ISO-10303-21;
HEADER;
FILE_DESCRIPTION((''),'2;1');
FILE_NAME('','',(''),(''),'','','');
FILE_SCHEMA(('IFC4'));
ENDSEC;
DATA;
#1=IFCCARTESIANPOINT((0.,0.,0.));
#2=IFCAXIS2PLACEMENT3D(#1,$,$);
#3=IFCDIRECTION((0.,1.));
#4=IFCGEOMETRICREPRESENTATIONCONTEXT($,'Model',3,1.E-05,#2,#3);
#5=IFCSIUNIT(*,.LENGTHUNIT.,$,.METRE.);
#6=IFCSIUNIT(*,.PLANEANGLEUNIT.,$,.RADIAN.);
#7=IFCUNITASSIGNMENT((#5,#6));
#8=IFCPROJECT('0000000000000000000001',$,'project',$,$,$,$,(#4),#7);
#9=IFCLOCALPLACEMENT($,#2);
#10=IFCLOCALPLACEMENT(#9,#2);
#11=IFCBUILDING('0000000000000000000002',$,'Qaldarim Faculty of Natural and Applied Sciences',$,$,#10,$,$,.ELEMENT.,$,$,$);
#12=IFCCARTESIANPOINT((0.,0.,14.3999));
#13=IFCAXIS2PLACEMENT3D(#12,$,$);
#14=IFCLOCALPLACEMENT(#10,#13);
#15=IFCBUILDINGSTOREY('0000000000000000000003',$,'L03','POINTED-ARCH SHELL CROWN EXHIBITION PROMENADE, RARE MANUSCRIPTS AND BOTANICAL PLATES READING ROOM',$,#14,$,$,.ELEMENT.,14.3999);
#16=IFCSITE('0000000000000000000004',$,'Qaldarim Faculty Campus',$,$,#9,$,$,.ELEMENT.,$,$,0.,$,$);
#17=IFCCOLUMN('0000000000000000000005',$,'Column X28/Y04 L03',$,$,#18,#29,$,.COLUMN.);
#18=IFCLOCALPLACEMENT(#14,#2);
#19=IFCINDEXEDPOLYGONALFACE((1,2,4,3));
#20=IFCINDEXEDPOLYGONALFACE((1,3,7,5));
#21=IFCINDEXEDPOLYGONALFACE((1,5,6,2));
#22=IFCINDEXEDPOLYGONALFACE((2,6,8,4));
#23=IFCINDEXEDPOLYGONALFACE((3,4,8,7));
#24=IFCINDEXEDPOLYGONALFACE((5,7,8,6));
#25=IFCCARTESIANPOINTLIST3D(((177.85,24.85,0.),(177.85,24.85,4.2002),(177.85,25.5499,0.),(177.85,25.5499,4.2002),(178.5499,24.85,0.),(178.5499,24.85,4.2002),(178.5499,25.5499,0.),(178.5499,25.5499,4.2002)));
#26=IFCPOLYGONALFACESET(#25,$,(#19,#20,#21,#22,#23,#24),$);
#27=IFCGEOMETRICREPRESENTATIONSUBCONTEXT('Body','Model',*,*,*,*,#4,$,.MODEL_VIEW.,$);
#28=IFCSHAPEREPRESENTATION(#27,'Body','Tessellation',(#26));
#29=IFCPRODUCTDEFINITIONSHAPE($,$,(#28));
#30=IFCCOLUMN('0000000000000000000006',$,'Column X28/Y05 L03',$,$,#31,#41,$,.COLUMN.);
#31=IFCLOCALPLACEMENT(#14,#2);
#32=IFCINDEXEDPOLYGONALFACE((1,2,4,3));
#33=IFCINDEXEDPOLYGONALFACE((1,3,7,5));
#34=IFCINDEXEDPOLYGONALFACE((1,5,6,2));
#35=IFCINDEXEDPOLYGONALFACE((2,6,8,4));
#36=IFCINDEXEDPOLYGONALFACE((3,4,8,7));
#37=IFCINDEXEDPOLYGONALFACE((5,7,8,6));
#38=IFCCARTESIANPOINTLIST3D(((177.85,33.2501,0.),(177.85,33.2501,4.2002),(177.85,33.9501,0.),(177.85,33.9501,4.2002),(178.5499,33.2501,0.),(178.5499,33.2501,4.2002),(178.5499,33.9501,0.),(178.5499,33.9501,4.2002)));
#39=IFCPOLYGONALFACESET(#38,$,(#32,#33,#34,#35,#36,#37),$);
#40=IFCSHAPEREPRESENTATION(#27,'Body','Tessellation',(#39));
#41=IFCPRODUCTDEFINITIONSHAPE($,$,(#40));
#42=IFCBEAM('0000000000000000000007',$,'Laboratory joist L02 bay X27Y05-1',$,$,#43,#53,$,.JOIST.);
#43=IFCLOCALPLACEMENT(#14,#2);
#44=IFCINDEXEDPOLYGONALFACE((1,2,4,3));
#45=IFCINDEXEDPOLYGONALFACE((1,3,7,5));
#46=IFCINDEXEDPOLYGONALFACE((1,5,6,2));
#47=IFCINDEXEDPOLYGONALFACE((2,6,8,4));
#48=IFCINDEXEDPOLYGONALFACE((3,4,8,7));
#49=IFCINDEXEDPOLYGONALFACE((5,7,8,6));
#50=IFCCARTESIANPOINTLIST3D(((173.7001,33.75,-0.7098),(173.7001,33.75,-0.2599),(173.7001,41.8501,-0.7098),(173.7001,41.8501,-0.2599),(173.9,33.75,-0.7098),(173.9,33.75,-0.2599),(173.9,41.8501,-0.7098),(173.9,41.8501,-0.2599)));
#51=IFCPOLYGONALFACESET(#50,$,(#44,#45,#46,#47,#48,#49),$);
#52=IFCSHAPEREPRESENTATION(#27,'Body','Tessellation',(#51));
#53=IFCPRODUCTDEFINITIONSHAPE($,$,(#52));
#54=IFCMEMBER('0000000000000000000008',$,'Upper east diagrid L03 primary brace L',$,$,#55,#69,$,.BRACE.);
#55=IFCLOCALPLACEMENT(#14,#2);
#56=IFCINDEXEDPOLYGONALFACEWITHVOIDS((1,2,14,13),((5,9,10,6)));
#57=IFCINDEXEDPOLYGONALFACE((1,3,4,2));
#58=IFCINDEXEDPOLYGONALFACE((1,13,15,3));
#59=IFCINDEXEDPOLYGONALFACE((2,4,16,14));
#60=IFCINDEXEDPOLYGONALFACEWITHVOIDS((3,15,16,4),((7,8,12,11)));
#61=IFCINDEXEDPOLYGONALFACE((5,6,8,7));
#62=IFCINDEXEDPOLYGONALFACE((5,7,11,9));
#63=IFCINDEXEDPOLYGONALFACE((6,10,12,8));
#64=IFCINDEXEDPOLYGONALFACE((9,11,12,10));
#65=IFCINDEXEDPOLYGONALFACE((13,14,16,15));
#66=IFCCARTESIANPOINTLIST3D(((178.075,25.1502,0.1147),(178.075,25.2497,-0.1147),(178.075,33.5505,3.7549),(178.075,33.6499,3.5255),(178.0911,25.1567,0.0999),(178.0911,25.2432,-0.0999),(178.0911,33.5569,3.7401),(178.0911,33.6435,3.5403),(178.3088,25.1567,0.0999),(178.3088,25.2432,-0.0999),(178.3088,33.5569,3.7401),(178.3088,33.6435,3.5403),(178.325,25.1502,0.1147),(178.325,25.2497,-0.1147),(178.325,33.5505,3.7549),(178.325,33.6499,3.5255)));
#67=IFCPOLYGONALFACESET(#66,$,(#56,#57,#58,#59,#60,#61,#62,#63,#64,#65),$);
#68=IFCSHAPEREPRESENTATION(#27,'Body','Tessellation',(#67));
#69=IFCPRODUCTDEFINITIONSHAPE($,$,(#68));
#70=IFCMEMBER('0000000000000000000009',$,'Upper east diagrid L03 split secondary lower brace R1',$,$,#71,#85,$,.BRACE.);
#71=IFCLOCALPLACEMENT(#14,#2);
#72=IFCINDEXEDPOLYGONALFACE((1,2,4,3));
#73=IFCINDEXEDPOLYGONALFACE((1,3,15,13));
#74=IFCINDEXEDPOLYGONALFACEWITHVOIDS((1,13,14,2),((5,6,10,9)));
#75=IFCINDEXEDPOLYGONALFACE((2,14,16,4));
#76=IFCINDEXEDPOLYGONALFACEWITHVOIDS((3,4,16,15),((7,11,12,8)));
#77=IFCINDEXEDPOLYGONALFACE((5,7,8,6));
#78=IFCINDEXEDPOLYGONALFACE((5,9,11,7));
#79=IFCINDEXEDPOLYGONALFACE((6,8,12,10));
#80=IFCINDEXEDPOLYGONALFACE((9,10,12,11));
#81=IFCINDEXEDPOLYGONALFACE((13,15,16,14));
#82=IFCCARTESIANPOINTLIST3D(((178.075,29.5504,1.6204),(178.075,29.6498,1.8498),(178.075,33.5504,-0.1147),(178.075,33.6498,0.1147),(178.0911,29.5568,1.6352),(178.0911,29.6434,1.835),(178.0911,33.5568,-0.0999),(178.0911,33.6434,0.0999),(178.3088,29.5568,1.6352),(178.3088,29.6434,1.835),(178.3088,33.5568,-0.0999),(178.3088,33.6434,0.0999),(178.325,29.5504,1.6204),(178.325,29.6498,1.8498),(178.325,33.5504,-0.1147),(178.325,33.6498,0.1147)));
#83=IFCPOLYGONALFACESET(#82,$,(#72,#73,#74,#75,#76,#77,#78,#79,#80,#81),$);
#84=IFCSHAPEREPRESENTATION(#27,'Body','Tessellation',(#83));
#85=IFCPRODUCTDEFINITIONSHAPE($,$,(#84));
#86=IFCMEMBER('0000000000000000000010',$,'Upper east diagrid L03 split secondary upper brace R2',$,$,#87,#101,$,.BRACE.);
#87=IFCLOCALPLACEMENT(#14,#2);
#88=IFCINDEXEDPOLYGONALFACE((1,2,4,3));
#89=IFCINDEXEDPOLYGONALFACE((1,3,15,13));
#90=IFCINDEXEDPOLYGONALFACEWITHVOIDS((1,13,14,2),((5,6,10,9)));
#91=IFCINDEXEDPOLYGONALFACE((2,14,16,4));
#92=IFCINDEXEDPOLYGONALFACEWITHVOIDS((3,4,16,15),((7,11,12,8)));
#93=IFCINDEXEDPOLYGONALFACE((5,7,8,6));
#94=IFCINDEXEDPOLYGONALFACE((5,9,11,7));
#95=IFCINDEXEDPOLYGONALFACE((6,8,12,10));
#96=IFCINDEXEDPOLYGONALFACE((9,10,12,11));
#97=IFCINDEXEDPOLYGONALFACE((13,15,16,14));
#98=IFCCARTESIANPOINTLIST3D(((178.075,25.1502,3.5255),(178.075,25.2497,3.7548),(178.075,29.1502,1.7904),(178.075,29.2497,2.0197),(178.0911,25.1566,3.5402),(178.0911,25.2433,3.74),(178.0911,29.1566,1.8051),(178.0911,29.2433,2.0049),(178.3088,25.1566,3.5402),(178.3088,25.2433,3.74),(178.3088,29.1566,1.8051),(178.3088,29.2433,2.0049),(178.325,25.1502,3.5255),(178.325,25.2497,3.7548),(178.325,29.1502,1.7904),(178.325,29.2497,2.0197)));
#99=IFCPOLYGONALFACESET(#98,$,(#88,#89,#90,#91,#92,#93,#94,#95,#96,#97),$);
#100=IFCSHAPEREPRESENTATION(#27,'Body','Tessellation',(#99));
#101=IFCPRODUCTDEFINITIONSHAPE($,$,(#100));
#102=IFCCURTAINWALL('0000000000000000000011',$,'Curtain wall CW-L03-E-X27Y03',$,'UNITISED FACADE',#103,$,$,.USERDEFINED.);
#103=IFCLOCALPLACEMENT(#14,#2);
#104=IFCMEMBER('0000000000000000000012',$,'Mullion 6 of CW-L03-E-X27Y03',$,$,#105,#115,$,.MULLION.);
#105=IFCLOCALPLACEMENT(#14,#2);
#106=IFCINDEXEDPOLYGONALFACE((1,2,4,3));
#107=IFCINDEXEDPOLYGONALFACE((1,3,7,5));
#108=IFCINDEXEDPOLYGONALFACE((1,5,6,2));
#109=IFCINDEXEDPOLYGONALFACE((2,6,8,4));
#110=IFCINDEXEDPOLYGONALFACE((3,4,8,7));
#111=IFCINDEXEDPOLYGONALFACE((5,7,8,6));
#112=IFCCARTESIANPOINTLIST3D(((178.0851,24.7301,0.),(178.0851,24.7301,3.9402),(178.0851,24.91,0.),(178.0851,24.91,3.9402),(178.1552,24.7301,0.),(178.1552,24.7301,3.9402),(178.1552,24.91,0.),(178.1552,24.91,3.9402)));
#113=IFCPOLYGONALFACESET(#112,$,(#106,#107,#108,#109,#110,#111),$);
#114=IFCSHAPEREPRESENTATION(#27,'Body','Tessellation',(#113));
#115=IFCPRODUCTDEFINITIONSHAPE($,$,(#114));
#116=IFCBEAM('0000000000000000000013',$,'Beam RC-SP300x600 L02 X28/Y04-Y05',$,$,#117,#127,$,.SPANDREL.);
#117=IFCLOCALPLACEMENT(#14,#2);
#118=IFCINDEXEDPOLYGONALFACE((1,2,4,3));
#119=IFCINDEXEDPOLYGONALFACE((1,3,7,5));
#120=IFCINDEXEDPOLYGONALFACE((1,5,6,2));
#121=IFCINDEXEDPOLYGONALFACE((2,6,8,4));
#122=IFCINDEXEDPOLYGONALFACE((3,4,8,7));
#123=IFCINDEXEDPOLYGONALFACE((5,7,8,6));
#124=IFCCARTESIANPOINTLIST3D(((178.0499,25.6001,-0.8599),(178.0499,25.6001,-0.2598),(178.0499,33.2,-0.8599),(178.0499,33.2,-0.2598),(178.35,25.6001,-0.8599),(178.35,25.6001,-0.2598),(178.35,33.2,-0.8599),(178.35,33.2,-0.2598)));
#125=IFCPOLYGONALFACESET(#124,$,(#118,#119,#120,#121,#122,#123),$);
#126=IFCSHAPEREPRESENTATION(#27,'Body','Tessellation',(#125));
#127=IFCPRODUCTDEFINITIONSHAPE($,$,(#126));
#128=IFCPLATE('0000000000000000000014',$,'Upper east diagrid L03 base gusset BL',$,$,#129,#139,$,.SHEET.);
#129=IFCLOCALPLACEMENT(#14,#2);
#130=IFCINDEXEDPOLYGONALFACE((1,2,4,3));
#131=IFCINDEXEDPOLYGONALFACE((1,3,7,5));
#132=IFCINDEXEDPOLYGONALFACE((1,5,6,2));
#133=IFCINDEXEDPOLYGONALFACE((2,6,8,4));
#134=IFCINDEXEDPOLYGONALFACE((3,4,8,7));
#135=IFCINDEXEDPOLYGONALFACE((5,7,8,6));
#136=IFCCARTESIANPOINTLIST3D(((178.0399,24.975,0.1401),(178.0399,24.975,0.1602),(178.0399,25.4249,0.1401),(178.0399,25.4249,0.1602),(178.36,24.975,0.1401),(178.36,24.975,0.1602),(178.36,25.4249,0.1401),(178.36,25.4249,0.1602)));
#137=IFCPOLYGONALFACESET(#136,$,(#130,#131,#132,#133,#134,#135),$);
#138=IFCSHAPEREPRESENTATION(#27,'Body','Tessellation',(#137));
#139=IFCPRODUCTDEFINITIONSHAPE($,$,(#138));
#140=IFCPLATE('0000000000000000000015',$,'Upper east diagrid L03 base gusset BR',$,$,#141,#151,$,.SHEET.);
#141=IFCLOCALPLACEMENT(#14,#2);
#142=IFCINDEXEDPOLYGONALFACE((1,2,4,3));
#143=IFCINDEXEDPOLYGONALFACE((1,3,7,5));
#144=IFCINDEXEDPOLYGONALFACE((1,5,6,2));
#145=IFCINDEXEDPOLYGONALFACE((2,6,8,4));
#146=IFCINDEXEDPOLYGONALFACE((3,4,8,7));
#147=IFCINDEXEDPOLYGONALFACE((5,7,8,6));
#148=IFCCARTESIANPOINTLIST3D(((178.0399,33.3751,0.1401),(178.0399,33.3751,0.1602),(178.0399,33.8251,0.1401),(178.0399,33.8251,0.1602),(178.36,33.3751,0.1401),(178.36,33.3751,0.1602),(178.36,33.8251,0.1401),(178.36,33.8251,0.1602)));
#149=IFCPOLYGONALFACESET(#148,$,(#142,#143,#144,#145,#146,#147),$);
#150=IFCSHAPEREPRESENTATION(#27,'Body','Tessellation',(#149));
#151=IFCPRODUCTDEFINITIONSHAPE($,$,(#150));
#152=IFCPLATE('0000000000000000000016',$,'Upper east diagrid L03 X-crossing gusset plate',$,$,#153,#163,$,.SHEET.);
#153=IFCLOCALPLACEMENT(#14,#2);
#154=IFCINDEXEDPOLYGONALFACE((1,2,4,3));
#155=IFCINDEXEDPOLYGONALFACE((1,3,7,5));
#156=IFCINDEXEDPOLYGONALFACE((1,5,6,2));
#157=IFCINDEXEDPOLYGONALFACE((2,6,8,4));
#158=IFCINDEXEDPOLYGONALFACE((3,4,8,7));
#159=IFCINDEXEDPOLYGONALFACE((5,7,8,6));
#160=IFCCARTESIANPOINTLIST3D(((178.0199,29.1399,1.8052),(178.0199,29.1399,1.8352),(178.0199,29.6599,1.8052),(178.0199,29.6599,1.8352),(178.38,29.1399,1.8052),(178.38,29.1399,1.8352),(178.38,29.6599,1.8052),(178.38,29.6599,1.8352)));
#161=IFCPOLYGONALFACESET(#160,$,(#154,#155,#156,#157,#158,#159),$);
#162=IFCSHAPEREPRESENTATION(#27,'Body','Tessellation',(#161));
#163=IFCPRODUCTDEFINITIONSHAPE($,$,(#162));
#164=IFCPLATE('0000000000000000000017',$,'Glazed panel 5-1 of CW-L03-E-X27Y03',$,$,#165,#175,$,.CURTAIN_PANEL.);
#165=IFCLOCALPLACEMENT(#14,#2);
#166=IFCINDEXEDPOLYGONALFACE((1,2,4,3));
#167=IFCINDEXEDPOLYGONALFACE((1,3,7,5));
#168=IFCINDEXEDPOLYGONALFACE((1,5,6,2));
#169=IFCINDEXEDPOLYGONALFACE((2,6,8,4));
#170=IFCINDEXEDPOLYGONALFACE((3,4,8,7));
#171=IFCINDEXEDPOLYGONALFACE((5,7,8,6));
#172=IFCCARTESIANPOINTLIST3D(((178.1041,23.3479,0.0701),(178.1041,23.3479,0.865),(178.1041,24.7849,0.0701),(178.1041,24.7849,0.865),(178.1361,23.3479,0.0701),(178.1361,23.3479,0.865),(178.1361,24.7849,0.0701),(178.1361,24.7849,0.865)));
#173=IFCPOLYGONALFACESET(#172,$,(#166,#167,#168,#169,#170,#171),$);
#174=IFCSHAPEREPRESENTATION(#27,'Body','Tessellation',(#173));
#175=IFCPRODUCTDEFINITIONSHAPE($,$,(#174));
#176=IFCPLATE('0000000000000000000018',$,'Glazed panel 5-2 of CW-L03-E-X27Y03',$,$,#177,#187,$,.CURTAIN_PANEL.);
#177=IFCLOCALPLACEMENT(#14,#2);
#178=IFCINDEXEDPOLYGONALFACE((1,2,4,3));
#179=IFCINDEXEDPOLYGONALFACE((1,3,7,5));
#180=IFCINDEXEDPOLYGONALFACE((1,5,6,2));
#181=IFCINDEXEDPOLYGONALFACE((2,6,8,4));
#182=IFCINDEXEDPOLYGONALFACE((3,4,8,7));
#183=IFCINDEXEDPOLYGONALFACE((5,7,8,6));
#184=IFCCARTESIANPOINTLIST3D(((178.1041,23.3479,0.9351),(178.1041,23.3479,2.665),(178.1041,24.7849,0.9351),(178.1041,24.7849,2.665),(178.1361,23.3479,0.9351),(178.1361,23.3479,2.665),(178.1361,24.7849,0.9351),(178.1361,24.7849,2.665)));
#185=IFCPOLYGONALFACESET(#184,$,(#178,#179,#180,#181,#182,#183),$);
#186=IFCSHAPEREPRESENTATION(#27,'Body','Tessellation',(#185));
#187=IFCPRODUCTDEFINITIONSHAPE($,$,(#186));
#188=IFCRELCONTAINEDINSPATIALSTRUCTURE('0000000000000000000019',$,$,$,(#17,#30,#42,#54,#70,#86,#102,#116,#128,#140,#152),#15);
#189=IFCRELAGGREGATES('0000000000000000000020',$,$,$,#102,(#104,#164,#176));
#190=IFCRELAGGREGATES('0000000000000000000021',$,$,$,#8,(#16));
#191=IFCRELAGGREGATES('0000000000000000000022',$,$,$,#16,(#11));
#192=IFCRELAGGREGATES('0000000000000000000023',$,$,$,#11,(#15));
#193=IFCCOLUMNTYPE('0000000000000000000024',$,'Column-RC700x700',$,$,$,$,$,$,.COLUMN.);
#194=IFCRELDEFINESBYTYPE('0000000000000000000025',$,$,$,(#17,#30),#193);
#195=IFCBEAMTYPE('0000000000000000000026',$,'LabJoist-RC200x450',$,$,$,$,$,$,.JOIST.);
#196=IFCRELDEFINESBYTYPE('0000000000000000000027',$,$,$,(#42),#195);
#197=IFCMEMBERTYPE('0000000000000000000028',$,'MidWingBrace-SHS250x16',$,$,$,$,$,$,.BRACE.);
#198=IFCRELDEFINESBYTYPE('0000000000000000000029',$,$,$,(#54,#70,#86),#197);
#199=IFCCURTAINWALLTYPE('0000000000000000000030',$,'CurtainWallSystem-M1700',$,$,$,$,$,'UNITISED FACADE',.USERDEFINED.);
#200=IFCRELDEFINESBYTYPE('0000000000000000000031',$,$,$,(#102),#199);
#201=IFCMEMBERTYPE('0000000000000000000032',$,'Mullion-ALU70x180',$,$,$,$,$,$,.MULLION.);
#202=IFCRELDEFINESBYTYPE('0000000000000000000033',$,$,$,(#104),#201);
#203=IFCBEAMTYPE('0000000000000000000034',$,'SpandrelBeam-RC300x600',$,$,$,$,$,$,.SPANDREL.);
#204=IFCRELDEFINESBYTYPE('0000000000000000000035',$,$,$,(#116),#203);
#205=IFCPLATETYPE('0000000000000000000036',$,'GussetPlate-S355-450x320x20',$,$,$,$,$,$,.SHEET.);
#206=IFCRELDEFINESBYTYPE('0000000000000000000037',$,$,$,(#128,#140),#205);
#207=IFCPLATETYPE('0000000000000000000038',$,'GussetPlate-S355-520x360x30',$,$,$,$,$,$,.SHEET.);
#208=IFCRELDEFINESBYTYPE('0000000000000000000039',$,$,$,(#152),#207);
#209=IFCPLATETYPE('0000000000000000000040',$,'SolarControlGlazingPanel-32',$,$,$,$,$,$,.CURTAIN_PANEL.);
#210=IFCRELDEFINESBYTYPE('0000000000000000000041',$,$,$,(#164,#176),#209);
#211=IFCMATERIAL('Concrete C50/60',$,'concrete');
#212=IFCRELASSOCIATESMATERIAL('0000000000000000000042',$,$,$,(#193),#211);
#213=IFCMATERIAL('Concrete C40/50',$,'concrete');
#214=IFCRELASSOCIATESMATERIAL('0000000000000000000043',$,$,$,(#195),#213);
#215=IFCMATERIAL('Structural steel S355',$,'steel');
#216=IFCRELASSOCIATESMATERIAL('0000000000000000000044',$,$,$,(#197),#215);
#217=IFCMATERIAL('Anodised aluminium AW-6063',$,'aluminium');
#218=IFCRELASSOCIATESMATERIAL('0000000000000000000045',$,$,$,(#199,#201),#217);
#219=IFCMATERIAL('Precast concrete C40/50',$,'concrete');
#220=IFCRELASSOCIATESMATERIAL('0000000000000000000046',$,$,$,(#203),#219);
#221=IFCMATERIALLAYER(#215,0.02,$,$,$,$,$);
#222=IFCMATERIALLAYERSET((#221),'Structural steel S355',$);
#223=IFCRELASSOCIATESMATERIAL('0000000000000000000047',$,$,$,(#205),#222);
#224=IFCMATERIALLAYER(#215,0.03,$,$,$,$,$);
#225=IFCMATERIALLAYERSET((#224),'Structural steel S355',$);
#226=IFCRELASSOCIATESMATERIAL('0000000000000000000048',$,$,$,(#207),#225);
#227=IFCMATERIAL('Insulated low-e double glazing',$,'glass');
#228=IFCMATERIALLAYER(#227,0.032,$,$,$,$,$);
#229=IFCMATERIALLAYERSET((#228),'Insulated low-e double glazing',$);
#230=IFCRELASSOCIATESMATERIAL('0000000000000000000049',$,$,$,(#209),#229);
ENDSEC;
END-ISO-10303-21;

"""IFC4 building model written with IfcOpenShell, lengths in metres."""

from ifc_helpers import new_model, si_unit, direction, frame, origin, origin_2d, place, context, subcontext, project, spatial, rectangle, hollow_rectangle, extrude, material, layer, layer_set, material_profile, profile_set, type_object, element, aggregate, save


model = new_model("IFC4")

# Units and contexts
model_context = context("Model", 3, precision=1e-05, world=origin(), true_north=direction((0.0, 1.0)))
body_context = subcontext(model_context, "Body", "Model", "MODEL_VIEW")
ifc_project = project(units=[si_unit("LENGTHUNIT", "METRE"), si_unit("PLANEANGLEUNIT", "RADIAN")], contexts=[model_context])

# Site, building, storey
site_placement = place(None, origin())
site = spatial("IfcSite", under=ifc_project, at=site_placement, Name="Qaldarim Faculty Campus", CompositionType="ELEMENT", RefElevation=0.0)
building_placement = place(site_placement, origin())
building = spatial("IfcBuilding", under=site, at=building_placement, Name="Qaldarim Faculty of Natural and Applied Sciences", CompositionType="ELEMENT")
storey_placement = place(building_placement, frame((0.0, 0.0, 14.3999)))
storey = spatial("IfcBuildingStorey", under=building, at=storey_placement, Name="L03", Description="POINTED-ARCH SHELL CROWN EXHIBITION PROMENADE, RARE MANUSCRIPTS AND BOTANICAL PLATES READING ROOM", CompositionType="ELEMENT", Elevation=14.3999)

# Columns
ifc_material_1 = material(Name="Concrete C50/60", Category="concrete")
ifc_material_profile_1 = material_profile(ifc_material_1, rectangle(XDim=0.7, YDim=0.7, at=origin_2d()), Name="RC-C700x700")
ifc_profile_set_1 = profile_set([ifc_material_profile_1], Name="Concrete C50/60")
column_type = type_object("IfcColumnType", Name="Column-RC700x700", PredefinedType="COLUMN", material=ifc_profile_set_1)
for number, where, z_axis, x_axis, name in (
    (1, (178.2, 25.2, 0.0), (0.0, 0.0, 1.0), (1.0, 0.0, 0.0), "Column X28/Y04 L03"),
    (2, (178.2, 33.6001, 0.0), (0.0, 0.0, 1.0), (1.0, 0.0, 0.0), "Column X28/Y05 L03"),
):
    element("IfcColumn", number, at=place(storey_placement, frame(where, z_axis=z_axis, x_axis=x_axis)), inside=storey, type_object=column_type, Name=name, PredefinedType="COLUMN", context=body_context, shape_type="SweptSolid", body=[
        extrude(rectangle(XDim=0.7, YDim=0.7, at=origin_2d()), origin(), (0.0, 0.0, 1.0), 4.2002),
    ])

# Beam
ifc_material_2 = material(Name="Concrete C40/50", Category="concrete")
ifc_material_profile_2 = material_profile(ifc_material_2, rectangle(XDim=0.2, YDim=0.45, at=origin_2d()), Name="RC-J200x450")
ifc_profile_set_2 = profile_set([ifc_material_profile_2], Name="Concrete C40/50")
beam_type_1 = type_object("IfcBeamType", Name="LabJoist-RC200x450", PredefinedType="JOIST", material=ifc_profile_set_2)
beam_1_placement = place(storey_placement, frame((173.8, 33.75, -0.4849), z_axis=(0.0, 1.0, 0.0), x_axis=(-1.0, 0.0, 0.0)))
element("IfcBeam", 3, at=beam_1_placement, inside=storey, type_object=beam_type_1, Name="Laboratory joist L02 bay X27Y05-1", PredefinedType="JOIST", context=body_context, shape_type="SweptSolid", body=[
    extrude(rectangle(XDim=0.2, YDim=0.45, at=origin_2d()), origin(), (0.0, 0.0, 1.0), 8.1001),
])

# Members
ifc_material_3 = material(Name="Structural steel S355", Category="steel")
ifc_material_profile_3 = material_profile(ifc_material_3, hollow_rectangle(XDim=0.25, YDim=0.25, WallThickness=0.0161, at=origin_2d()), Name="SHS 250x250x16.0")
ifc_profile_set_3 = profile_set([ifc_material_profile_3], Name="Structural steel S355")
member_type_1 = type_object("IfcMemberType", Name="MidWingBrace-SHS250x16", PredefinedType="BRACE", material=ifc_profile_set_3)
member_1_placement = place(storey_placement, frame((178.2, 25.2, 0.0), z_axis=(0.0, 0.917553, 0.397614), x_axis=(-1.0, 0.0, 0.0)))
element("IfcMember", 4, at=member_1_placement, inside=storey, type_object=member_type_1, Name="Upper east diagrid L03 primary brace L", PredefinedType="BRACE", context=body_context, shape_type="SweptSolid", body=[
    extrude(hollow_rectangle(XDim=0.25, YDim=0.25, WallThickness=0.0161, at=origin_2d()), origin(), (0.0, 0.0, 1.0), 9.155),
])
for number, where, z_axis, x_axis, name in (
    (5, (178.2, 33.6001, 0.0), (0.0, -0.917407, 0.39795), (1.0, 0.0, 0.0), "Upper east diagrid L03 split secondary lower brace R1"),
    (6, (178.2, 29.2, 1.905), (0.0, -0.917407, 0.39795), (1.0, 0.0, 0.0), "Upper east diagrid L03 split secondary upper brace R2"),
):
    element("IfcMember", number, at=place(storey_placement, frame(where, z_axis=z_axis, x_axis=x_axis)), inside=storey, type_object=member_type_1, Name=name, PredefinedType="BRACE", context=body_context, shape_type="SweptSolid", body=[
        extrude(hollow_rectangle(XDim=0.25, YDim=0.25, WallThickness=0.0161, at=origin_2d()), origin(), (0.0, 0.0, 1.0), 4.3601),
    ])

# Curtain wall, member
ifc_material_4 = material(Name="Anodised aluminium AW-6063", Category="aluminium")
curtain_wall_type = type_object("IfcCurtainWallType", Name="CurtainWallSystem-M1700", ElementType="UNITISED FACADE", PredefinedType="USERDEFINED", material=ifc_material_4)
curtain_wall_placement = place(storey_placement, origin())
curtain_wall = element("IfcCurtainWall", 7, at=curtain_wall_placement, inside=storey, type_object=curtain_wall_type, Name="Curtain wall CW-L03-E-X27Y03", ObjectType="UNITISED FACADE", PredefinedType="USERDEFINED")
ifc_material_profile_4 = material_profile(ifc_material_4, rectangle(XDim=0.0701, YDim=0.1799, at=origin_2d()), Name="ALU-M70x180")
ifc_profile_set_4 = profile_set([ifc_material_profile_4], Name="Anodised aluminium AW-6063")
member_type_2 = type_object("IfcMemberType", Name="Mullion-ALU70x180", PredefinedType="MULLION", material=ifc_profile_set_4)
member_2_placement = place(storey_placement, frame((178.1201, 24.8201, 0.0), z_axis=(0.0, 0.0, 1.0), x_axis=(-1.0, 0.0, 0.0)))
member_2 = element("IfcMember", 8, at=member_2_placement, type_object=member_type_2, Name="Mullion 6 of CW-L03-E-X27Y03", PredefinedType="MULLION", context=body_context, shape_type="SweptSolid", body=[
    extrude(rectangle(XDim=0.0701, YDim=0.1799, at=origin_2d()), origin(), (0.0, 0.0, 1.0), 3.9402),
])

# Beam
ifc_material_5 = material(Name="Precast concrete C40/50", Category="concrete")
ifc_material_profile_5 = material_profile(ifc_material_5, rectangle(XDim=0.3, YDim=0.6001, at=origin_2d()), Name="RC-SP300x600")
ifc_profile_set_5 = profile_set([ifc_material_profile_5], Name="Precast concrete C40/50")
beam_type_2 = type_object("IfcBeamType", Name="SpandrelBeam-RC300x600", PredefinedType="SPANDREL", material=ifc_profile_set_5)
beam_2_placement = place(storey_placement, frame((178.2, 25.6001, -0.5598), z_axis=(0.0, 1.0, 0.0), x_axis=(-1.0, 0.0, 0.0)))
element("IfcBeam", 9, at=beam_2_placement, inside=storey, type_object=beam_type_2, Name="Beam RC-SP300x600 L02 X28/Y04-Y05", PredefinedType="SPANDREL", context=body_context, shape_type="SweptSolid", body=[
    extrude(rectangle(XDim=0.3, YDim=0.6001, at=origin_2d()), origin(), (0.0, 0.0, 1.0), 7.5999),
])

# Plates
ifc_layer_1 = layer(ifc_material_3, 0.02)
ifc_layer_set_1 = layer_set([ifc_layer_1], Name="Structural steel S355")
plate_type_1 = type_object("IfcPlateType", Name="GussetPlate-S355-450x320x20", PredefinedType="SHEET", material=ifc_layer_set_1)
for number, where, z_axis, x_axis, name in (
    (10, (178.2, 25.2, 0.1401), (0.0, 0.0, 1.0), (0.0, 1.0, 0.0), "Upper east diagrid L03 base gusset BL"),
    (11, (178.2, 33.6001, 0.1401), (0.0, 0.0, 1.0), (0.0, 1.0, 0.0), "Upper east diagrid L03 base gusset BR"),
):
    element("IfcPlate", number, at=place(storey_placement, frame(where, z_axis=z_axis, x_axis=x_axis)), inside=storey, type_object=plate_type_1, Name=name, PredefinedType="SHEET", context=body_context, shape_type="SweptSolid", body=[
        extrude(rectangle(XDim=0.45, YDim=0.3201, at=origin_2d()), origin(), (0.0, 0.0, 1.0), 0.02),
    ])
ifc_layer_2 = layer(ifc_material_3, 0.03)
ifc_layer_set_2 = layer_set([ifc_layer_2], Name="Structural steel S355")
plate_type_2 = type_object("IfcPlateType", Name="GussetPlate-S355-520x360x30", PredefinedType="SHEET", material=ifc_layer_set_2)
plate_1_placement = place(storey_placement, frame((178.2, 29.3999, 1.8052), z_axis=(0.0, 0.0, 1.0), x_axis=(0.0, 1.0, 0.0)))
element("IfcPlate", 12, at=plate_1_placement, inside=storey, type_object=plate_type_2, Name="Upper east diagrid L03 X-crossing gusset plate", PredefinedType="SHEET", context=body_context, shape_type="SweptSolid", body=[
    extrude(rectangle(XDim=0.52, YDim=0.3601, at=origin_2d()), origin(), (0.0, 0.0, 1.0), 0.03),
])

# Plates
ifc_material_6 = material(Name="Insulated low-e double glazing", Category="glass")
ifc_layer_3 = layer(ifc_material_6, 0.032)
ifc_layer_set_3 = layer_set([ifc_layer_3], Name="Insulated low-e double glazing")
plate_type_3 = type_object("IfcPlateType", Name="SolarControlGlazingPanel-32", PredefinedType="CURTAIN_PANEL", material=ifc_layer_set_3)
plate_2_placement = place(storey_placement, frame((178.1201, 24.0664, 0.0701), z_axis=(0.0, 0.0, 1.0), x_axis=(0.0, 1.0, 0.0)))
plate_2 = element("IfcPlate", 13, at=plate_2_placement, type_object=plate_type_3, Name="Glazed panel 5-1 of CW-L03-E-X27Y03", PredefinedType="CURTAIN_PANEL", context=body_context, shape_type="SweptSolid", body=[
    extrude(rectangle(XDim=1.437, YDim=0.032, at=origin_2d()), origin(), (0.0, 0.0, 1.0), 0.7949),
])
plate_3_placement = place(storey_placement, frame((178.1201, 24.0664, 0.9351), z_axis=(0.0, 0.0, 1.0), x_axis=(0.0, 1.0, 0.0)))
plate_3 = element("IfcPlate", 14, at=plate_3_placement, type_object=plate_type_3, Name="Glazed panel 5-2 of CW-L03-E-X27Y03", PredefinedType="CURTAIN_PANEL", context=body_context, shape_type="SweptSolid", body=[
    extrude(rectangle(XDim=1.437, YDim=0.032, at=origin_2d()), origin(), (0.0, 0.0, 1.0), 1.73),
])
aggregate(curtain_wall, [member_2, plate_2, plate_3])

save(model, "model.ifc")
